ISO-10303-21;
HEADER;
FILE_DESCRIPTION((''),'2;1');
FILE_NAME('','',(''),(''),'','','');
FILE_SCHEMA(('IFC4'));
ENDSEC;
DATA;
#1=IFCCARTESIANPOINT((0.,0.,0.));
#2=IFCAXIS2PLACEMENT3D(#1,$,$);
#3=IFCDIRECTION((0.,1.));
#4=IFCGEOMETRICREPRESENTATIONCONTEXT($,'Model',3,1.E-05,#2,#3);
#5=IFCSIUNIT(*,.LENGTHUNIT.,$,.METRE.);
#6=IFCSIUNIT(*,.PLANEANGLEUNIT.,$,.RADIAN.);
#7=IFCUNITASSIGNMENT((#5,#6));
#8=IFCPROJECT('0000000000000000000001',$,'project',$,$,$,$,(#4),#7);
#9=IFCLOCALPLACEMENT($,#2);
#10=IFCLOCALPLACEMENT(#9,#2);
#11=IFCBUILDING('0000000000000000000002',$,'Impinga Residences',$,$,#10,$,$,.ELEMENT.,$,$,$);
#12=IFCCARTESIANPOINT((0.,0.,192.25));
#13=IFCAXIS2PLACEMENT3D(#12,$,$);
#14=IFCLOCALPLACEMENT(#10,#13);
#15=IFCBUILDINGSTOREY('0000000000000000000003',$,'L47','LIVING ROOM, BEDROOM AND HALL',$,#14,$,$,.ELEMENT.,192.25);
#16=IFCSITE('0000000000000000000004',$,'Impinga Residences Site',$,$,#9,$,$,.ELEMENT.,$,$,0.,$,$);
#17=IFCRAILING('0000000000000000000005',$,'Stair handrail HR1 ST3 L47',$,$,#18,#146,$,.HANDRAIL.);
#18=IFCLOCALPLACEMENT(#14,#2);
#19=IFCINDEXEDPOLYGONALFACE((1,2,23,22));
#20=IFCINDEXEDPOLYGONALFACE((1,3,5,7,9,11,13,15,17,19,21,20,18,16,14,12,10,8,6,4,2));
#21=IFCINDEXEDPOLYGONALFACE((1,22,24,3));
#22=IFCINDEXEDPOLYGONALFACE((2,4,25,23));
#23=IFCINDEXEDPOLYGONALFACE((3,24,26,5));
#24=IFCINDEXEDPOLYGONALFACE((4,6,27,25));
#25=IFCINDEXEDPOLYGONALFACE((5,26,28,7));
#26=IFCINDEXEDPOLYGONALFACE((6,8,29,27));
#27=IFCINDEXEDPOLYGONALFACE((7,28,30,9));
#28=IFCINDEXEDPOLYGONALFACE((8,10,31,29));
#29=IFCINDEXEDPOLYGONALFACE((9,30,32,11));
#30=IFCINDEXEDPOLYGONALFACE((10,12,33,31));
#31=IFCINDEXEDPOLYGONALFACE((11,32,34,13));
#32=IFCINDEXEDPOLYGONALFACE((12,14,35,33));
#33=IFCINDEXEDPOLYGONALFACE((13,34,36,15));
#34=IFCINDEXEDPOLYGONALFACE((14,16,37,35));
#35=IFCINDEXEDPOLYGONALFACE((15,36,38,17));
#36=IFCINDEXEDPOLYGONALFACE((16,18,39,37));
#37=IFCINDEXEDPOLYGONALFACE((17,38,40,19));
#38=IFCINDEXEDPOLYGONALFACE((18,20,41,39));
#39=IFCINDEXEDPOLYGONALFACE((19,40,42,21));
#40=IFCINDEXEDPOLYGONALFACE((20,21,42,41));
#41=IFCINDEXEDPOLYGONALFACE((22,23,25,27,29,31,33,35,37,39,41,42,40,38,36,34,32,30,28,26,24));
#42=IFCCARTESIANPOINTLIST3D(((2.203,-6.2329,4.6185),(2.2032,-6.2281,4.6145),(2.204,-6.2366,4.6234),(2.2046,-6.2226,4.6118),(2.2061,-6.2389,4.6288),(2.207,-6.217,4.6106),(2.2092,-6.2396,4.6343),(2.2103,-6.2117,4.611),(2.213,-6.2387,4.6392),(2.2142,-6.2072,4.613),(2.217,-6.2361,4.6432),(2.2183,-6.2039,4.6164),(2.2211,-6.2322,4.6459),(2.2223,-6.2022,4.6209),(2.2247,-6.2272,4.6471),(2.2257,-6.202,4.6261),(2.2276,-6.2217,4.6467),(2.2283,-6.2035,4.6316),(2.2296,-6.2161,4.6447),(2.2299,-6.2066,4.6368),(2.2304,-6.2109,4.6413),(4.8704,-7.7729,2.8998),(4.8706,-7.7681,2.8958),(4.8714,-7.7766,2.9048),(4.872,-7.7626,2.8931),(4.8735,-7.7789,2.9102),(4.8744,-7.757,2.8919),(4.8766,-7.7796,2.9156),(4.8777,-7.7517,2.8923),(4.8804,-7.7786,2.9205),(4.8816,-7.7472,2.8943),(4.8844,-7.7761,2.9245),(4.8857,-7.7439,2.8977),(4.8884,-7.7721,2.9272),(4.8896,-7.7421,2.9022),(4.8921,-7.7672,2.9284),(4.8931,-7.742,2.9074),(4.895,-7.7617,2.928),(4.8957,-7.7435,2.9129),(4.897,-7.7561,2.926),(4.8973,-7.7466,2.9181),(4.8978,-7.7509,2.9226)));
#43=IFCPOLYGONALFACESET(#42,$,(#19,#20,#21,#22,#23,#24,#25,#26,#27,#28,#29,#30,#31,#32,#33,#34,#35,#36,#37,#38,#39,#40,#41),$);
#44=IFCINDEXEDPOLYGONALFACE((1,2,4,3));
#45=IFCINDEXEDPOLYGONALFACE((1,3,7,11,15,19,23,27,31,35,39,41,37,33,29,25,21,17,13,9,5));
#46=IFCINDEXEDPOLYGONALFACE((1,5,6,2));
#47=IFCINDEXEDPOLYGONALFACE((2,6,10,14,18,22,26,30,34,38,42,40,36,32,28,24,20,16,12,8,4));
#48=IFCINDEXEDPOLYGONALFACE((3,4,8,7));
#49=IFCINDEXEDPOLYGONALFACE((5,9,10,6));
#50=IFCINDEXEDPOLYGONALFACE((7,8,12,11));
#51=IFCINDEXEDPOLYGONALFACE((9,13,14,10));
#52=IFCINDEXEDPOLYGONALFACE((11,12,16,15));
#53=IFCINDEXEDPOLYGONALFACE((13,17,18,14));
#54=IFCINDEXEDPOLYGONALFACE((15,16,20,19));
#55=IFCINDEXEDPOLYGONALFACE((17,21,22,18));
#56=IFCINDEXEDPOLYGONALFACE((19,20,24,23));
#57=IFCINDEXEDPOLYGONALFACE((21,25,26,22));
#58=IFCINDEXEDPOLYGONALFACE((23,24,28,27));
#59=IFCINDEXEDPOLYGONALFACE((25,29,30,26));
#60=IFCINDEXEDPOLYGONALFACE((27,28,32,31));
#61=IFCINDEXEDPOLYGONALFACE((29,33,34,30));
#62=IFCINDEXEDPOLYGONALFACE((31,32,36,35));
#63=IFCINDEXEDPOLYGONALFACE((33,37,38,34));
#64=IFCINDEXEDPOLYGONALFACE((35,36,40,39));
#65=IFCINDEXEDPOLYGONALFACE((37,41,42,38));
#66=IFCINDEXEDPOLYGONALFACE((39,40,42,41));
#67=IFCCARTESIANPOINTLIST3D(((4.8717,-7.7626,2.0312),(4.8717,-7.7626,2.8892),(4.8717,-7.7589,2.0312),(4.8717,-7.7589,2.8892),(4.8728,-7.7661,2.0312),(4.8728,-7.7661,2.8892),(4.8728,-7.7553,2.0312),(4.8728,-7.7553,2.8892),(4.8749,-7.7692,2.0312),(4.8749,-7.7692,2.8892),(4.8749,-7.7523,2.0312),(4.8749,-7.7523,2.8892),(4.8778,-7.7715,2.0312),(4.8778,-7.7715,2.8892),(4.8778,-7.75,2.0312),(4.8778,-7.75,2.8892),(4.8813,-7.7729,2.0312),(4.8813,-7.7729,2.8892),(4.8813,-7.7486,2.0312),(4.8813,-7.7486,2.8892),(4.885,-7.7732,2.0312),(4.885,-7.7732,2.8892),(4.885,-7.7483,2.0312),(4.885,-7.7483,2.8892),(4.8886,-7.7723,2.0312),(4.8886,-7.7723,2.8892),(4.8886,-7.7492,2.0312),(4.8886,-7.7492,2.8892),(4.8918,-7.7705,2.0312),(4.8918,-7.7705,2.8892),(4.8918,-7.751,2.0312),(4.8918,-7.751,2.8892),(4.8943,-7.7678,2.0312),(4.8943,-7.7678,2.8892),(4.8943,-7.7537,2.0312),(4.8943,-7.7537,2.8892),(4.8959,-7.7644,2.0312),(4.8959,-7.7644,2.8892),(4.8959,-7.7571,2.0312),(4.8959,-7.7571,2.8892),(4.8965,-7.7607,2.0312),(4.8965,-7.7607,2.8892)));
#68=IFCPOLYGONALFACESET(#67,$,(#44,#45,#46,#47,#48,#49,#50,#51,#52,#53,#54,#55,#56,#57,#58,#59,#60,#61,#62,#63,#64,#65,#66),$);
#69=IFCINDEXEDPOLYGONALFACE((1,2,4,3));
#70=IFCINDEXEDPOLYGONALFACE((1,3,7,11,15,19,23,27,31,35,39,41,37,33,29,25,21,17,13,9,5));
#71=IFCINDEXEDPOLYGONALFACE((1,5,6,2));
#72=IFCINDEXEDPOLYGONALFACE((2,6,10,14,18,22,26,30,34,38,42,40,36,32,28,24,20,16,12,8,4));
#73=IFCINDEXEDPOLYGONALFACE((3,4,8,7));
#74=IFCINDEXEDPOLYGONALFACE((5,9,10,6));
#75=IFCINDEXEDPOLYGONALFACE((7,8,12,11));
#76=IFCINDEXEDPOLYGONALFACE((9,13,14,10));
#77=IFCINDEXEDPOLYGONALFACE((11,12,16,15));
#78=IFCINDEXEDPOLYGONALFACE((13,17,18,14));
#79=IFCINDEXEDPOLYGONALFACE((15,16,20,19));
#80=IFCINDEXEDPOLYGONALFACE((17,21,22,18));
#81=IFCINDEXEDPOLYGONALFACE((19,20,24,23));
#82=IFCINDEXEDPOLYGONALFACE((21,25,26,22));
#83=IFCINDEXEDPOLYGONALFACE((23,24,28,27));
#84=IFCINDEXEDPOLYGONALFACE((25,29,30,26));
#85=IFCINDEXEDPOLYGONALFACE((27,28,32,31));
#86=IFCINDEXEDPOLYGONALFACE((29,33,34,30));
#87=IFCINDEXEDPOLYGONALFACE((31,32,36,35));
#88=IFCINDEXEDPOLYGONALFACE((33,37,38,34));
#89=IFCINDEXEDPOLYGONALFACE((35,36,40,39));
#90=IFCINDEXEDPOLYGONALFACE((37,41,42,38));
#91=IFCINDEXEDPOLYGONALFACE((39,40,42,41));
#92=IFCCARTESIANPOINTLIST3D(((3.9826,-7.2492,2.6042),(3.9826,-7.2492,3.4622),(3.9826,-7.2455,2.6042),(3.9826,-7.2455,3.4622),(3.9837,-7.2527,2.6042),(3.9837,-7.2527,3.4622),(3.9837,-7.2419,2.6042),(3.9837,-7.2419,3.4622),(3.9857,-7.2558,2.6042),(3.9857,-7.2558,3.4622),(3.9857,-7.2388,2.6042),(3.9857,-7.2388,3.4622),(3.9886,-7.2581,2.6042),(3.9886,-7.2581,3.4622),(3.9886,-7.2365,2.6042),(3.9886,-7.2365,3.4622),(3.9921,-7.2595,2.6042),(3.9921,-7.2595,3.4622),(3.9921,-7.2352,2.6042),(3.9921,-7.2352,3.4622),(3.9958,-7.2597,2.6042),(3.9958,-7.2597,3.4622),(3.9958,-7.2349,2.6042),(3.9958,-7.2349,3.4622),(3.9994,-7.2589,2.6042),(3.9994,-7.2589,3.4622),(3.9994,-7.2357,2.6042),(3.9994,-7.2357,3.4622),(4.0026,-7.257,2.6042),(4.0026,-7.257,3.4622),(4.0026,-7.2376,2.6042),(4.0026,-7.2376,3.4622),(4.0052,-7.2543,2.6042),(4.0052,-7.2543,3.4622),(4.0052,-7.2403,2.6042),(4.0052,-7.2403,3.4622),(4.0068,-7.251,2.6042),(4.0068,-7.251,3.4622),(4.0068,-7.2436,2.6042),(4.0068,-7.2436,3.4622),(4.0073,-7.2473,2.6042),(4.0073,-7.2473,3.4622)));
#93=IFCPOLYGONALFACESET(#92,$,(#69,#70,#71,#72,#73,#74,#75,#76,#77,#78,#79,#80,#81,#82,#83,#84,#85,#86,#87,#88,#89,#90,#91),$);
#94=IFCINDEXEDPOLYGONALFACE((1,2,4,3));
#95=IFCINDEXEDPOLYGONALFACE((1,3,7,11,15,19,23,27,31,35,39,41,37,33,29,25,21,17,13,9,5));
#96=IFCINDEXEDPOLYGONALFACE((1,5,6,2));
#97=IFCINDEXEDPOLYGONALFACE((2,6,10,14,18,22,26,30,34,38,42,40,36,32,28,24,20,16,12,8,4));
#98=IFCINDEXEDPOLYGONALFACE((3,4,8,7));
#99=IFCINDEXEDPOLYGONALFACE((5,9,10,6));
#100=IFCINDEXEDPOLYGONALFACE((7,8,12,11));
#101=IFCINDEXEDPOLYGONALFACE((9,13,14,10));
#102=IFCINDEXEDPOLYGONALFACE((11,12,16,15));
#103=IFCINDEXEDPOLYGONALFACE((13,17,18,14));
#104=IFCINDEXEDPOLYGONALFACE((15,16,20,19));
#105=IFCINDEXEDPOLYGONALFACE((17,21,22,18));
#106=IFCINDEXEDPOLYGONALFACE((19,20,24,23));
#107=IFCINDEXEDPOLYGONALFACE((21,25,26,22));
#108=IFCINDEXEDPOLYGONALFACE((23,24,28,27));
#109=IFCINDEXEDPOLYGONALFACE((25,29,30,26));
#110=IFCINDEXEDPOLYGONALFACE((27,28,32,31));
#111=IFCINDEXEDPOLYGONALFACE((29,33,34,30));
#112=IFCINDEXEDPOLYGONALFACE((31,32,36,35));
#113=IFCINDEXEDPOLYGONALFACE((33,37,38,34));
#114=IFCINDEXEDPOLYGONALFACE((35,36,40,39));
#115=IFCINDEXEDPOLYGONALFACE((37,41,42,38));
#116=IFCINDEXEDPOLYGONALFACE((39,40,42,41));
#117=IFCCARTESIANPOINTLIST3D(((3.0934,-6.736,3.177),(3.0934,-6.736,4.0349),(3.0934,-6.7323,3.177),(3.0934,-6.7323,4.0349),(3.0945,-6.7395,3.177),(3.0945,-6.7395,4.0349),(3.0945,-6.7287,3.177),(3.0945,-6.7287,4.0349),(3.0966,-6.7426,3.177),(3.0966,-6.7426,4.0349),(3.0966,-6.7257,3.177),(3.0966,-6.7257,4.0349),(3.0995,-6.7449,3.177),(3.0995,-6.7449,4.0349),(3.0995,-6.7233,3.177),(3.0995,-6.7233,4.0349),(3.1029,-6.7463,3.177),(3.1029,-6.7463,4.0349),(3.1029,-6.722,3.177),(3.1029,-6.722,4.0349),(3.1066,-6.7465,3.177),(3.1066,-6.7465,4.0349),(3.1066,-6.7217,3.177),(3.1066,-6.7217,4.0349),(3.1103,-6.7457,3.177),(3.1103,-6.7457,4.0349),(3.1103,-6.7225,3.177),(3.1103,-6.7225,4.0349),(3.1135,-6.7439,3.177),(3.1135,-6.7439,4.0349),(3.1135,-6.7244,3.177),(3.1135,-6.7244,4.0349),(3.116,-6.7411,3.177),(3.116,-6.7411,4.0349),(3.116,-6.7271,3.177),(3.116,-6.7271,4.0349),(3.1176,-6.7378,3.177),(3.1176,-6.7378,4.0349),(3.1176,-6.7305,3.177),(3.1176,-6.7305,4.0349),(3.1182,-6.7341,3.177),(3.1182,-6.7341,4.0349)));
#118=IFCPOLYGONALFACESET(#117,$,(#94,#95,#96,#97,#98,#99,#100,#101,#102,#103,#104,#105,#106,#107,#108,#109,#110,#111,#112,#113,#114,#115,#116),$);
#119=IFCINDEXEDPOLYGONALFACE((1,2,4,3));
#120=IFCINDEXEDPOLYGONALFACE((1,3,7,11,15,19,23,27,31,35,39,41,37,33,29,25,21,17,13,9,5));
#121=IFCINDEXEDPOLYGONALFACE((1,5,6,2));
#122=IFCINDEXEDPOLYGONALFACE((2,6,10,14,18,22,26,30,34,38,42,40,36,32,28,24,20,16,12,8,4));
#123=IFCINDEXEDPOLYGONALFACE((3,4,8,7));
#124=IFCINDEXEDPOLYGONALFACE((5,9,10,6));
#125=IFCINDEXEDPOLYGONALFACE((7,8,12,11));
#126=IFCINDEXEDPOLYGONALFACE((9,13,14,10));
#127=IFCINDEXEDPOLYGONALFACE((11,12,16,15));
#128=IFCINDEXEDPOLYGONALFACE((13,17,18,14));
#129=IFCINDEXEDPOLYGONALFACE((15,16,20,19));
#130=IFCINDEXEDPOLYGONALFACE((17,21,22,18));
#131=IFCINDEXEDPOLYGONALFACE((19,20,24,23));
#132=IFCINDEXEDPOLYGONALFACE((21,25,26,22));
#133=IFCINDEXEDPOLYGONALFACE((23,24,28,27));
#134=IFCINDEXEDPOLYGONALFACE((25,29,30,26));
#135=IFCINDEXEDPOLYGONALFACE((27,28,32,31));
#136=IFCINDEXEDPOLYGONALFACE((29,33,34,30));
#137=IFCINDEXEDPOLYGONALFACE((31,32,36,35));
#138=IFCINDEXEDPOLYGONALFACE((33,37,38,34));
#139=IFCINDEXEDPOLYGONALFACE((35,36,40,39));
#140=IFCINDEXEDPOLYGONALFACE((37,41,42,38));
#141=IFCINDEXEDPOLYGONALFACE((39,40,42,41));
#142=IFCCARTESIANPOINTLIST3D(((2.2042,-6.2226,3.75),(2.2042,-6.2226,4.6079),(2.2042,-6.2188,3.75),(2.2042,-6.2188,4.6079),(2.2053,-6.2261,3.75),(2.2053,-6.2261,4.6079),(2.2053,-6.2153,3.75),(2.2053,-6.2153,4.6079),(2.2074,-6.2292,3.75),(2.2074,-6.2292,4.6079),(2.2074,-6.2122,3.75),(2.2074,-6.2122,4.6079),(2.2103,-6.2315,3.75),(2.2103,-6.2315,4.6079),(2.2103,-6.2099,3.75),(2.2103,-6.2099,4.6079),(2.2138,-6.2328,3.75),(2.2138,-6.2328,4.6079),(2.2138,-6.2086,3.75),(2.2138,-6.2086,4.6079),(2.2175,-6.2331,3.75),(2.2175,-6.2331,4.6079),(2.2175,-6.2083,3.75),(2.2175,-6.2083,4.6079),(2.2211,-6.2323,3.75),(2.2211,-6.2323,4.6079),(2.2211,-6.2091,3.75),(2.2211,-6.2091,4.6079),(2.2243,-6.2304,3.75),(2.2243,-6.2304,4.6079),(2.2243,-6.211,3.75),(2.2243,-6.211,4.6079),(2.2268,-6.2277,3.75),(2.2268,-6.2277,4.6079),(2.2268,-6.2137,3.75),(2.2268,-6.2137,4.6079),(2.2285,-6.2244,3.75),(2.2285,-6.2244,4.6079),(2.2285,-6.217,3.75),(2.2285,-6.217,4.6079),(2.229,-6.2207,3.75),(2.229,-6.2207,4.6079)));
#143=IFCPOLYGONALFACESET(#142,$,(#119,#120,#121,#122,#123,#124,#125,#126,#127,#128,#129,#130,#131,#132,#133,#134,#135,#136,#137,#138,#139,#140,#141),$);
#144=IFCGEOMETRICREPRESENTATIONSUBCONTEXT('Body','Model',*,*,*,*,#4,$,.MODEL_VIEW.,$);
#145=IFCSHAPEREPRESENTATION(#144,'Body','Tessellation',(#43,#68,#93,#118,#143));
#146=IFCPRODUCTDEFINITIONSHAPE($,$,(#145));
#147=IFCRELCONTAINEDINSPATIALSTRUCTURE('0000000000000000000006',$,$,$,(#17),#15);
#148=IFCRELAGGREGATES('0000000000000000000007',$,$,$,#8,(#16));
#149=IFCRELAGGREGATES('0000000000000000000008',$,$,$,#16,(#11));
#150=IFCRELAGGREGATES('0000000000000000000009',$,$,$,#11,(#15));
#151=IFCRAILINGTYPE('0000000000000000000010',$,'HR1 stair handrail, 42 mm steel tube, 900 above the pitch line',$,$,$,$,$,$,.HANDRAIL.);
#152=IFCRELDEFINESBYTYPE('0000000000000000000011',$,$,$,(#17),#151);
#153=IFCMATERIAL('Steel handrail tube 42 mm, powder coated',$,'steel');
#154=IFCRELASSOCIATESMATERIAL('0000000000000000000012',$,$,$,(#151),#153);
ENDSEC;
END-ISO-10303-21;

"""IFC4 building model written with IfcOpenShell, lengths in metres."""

from ifc_helpers import new_model, si_unit, direction, frame, origin, origin_2d, place, context, subcontext, project, spatial, circle, extrude, material, type_object, element, save


model = new_model("IFC4")

# Units and contexts
model_context = context("Model", 3, precision=1e-05, world=origin(), true_north=direction((0.0, 1.0)))
body_context = subcontext(model_context, "Body", "Model", "MODEL_VIEW")
ifc_project = project(units=[si_unit("LENGTHUNIT", "METRE"), si_unit("PLANEANGLEUNIT", "RADIAN")], contexts=[model_context])

# Site, building, storey
site_placement = place(None, origin())
site = spatial("IfcSite", under=ifc_project, at=site_placement, Name="Impinga Residences Site", CompositionType="ELEMENT", RefElevation=0.0)
building_placement = place(site_placement, origin())
building = spatial("IfcBuilding", under=site, at=building_placement, Name="Impinga Residences", CompositionType="ELEMENT")
storey_placement = place(building_placement, frame((0.0, 0.0, 192.25)))
storey = spatial("IfcBuildingStorey", under=building, at=storey_placement, Name="L47", Description="LIVING ROOM, BEDROOM AND HALL", CompositionType="ELEMENT", Elevation=192.25)

# Railing
ifc_material_1 = material(Name="Steel handrail tube 42 mm, powder coated", Category="steel")
railing_type_1 = type_object("IfcRailingType", Name="HR1 stair handrail, 42 mm steel tube, 900 above the pitch line", PredefinedType="HANDRAIL", material=ifc_material_1)
railing_1_placement = place(storey_placement, frame((4.884, -7.7607, 2.0312)))
element("IfcRailing", 1, at=railing_1_placement, inside=storey, type_object=railing_type_1, Name="Stair handrail HR1 ST3 L47", PredefinedType="HANDRAIL", context=body_context, shape_type="SweptSolid", body=[
    extrude(circle(Radius=0.021, at=origin_2d()), frame((0.0, 0.0, 0.8789), z_axis=(-0.756256, 0.436616, 0.487282), x_axis=(-0.499992, -0.86603, 0.0)), (0.0, 0.0, 1.0), 3.5271),
    extrude(circle(Radius=0.0125, at=origin_2d()), origin(), (0.0, 0.0, 1.0), 0.8579),
    extrude(circle(Radius=0.0125, at=origin_2d()), frame((-0.8892, 0.5134, 0.573)), (0.0, 0.0, 1.0), 0.8579),
    extrude(circle(Radius=0.0125, at=origin_2d()), frame((-1.7783, 1.0266, 1.1458)), (0.0, 0.0, 1.0), 0.8579),
    extrude(circle(Radius=0.0125, at=origin_2d()), frame((-2.6675, 1.54, 1.7188)), (0.0, 0.0, 1.0), 0.8579),
])

save(model, "model.ifc")
